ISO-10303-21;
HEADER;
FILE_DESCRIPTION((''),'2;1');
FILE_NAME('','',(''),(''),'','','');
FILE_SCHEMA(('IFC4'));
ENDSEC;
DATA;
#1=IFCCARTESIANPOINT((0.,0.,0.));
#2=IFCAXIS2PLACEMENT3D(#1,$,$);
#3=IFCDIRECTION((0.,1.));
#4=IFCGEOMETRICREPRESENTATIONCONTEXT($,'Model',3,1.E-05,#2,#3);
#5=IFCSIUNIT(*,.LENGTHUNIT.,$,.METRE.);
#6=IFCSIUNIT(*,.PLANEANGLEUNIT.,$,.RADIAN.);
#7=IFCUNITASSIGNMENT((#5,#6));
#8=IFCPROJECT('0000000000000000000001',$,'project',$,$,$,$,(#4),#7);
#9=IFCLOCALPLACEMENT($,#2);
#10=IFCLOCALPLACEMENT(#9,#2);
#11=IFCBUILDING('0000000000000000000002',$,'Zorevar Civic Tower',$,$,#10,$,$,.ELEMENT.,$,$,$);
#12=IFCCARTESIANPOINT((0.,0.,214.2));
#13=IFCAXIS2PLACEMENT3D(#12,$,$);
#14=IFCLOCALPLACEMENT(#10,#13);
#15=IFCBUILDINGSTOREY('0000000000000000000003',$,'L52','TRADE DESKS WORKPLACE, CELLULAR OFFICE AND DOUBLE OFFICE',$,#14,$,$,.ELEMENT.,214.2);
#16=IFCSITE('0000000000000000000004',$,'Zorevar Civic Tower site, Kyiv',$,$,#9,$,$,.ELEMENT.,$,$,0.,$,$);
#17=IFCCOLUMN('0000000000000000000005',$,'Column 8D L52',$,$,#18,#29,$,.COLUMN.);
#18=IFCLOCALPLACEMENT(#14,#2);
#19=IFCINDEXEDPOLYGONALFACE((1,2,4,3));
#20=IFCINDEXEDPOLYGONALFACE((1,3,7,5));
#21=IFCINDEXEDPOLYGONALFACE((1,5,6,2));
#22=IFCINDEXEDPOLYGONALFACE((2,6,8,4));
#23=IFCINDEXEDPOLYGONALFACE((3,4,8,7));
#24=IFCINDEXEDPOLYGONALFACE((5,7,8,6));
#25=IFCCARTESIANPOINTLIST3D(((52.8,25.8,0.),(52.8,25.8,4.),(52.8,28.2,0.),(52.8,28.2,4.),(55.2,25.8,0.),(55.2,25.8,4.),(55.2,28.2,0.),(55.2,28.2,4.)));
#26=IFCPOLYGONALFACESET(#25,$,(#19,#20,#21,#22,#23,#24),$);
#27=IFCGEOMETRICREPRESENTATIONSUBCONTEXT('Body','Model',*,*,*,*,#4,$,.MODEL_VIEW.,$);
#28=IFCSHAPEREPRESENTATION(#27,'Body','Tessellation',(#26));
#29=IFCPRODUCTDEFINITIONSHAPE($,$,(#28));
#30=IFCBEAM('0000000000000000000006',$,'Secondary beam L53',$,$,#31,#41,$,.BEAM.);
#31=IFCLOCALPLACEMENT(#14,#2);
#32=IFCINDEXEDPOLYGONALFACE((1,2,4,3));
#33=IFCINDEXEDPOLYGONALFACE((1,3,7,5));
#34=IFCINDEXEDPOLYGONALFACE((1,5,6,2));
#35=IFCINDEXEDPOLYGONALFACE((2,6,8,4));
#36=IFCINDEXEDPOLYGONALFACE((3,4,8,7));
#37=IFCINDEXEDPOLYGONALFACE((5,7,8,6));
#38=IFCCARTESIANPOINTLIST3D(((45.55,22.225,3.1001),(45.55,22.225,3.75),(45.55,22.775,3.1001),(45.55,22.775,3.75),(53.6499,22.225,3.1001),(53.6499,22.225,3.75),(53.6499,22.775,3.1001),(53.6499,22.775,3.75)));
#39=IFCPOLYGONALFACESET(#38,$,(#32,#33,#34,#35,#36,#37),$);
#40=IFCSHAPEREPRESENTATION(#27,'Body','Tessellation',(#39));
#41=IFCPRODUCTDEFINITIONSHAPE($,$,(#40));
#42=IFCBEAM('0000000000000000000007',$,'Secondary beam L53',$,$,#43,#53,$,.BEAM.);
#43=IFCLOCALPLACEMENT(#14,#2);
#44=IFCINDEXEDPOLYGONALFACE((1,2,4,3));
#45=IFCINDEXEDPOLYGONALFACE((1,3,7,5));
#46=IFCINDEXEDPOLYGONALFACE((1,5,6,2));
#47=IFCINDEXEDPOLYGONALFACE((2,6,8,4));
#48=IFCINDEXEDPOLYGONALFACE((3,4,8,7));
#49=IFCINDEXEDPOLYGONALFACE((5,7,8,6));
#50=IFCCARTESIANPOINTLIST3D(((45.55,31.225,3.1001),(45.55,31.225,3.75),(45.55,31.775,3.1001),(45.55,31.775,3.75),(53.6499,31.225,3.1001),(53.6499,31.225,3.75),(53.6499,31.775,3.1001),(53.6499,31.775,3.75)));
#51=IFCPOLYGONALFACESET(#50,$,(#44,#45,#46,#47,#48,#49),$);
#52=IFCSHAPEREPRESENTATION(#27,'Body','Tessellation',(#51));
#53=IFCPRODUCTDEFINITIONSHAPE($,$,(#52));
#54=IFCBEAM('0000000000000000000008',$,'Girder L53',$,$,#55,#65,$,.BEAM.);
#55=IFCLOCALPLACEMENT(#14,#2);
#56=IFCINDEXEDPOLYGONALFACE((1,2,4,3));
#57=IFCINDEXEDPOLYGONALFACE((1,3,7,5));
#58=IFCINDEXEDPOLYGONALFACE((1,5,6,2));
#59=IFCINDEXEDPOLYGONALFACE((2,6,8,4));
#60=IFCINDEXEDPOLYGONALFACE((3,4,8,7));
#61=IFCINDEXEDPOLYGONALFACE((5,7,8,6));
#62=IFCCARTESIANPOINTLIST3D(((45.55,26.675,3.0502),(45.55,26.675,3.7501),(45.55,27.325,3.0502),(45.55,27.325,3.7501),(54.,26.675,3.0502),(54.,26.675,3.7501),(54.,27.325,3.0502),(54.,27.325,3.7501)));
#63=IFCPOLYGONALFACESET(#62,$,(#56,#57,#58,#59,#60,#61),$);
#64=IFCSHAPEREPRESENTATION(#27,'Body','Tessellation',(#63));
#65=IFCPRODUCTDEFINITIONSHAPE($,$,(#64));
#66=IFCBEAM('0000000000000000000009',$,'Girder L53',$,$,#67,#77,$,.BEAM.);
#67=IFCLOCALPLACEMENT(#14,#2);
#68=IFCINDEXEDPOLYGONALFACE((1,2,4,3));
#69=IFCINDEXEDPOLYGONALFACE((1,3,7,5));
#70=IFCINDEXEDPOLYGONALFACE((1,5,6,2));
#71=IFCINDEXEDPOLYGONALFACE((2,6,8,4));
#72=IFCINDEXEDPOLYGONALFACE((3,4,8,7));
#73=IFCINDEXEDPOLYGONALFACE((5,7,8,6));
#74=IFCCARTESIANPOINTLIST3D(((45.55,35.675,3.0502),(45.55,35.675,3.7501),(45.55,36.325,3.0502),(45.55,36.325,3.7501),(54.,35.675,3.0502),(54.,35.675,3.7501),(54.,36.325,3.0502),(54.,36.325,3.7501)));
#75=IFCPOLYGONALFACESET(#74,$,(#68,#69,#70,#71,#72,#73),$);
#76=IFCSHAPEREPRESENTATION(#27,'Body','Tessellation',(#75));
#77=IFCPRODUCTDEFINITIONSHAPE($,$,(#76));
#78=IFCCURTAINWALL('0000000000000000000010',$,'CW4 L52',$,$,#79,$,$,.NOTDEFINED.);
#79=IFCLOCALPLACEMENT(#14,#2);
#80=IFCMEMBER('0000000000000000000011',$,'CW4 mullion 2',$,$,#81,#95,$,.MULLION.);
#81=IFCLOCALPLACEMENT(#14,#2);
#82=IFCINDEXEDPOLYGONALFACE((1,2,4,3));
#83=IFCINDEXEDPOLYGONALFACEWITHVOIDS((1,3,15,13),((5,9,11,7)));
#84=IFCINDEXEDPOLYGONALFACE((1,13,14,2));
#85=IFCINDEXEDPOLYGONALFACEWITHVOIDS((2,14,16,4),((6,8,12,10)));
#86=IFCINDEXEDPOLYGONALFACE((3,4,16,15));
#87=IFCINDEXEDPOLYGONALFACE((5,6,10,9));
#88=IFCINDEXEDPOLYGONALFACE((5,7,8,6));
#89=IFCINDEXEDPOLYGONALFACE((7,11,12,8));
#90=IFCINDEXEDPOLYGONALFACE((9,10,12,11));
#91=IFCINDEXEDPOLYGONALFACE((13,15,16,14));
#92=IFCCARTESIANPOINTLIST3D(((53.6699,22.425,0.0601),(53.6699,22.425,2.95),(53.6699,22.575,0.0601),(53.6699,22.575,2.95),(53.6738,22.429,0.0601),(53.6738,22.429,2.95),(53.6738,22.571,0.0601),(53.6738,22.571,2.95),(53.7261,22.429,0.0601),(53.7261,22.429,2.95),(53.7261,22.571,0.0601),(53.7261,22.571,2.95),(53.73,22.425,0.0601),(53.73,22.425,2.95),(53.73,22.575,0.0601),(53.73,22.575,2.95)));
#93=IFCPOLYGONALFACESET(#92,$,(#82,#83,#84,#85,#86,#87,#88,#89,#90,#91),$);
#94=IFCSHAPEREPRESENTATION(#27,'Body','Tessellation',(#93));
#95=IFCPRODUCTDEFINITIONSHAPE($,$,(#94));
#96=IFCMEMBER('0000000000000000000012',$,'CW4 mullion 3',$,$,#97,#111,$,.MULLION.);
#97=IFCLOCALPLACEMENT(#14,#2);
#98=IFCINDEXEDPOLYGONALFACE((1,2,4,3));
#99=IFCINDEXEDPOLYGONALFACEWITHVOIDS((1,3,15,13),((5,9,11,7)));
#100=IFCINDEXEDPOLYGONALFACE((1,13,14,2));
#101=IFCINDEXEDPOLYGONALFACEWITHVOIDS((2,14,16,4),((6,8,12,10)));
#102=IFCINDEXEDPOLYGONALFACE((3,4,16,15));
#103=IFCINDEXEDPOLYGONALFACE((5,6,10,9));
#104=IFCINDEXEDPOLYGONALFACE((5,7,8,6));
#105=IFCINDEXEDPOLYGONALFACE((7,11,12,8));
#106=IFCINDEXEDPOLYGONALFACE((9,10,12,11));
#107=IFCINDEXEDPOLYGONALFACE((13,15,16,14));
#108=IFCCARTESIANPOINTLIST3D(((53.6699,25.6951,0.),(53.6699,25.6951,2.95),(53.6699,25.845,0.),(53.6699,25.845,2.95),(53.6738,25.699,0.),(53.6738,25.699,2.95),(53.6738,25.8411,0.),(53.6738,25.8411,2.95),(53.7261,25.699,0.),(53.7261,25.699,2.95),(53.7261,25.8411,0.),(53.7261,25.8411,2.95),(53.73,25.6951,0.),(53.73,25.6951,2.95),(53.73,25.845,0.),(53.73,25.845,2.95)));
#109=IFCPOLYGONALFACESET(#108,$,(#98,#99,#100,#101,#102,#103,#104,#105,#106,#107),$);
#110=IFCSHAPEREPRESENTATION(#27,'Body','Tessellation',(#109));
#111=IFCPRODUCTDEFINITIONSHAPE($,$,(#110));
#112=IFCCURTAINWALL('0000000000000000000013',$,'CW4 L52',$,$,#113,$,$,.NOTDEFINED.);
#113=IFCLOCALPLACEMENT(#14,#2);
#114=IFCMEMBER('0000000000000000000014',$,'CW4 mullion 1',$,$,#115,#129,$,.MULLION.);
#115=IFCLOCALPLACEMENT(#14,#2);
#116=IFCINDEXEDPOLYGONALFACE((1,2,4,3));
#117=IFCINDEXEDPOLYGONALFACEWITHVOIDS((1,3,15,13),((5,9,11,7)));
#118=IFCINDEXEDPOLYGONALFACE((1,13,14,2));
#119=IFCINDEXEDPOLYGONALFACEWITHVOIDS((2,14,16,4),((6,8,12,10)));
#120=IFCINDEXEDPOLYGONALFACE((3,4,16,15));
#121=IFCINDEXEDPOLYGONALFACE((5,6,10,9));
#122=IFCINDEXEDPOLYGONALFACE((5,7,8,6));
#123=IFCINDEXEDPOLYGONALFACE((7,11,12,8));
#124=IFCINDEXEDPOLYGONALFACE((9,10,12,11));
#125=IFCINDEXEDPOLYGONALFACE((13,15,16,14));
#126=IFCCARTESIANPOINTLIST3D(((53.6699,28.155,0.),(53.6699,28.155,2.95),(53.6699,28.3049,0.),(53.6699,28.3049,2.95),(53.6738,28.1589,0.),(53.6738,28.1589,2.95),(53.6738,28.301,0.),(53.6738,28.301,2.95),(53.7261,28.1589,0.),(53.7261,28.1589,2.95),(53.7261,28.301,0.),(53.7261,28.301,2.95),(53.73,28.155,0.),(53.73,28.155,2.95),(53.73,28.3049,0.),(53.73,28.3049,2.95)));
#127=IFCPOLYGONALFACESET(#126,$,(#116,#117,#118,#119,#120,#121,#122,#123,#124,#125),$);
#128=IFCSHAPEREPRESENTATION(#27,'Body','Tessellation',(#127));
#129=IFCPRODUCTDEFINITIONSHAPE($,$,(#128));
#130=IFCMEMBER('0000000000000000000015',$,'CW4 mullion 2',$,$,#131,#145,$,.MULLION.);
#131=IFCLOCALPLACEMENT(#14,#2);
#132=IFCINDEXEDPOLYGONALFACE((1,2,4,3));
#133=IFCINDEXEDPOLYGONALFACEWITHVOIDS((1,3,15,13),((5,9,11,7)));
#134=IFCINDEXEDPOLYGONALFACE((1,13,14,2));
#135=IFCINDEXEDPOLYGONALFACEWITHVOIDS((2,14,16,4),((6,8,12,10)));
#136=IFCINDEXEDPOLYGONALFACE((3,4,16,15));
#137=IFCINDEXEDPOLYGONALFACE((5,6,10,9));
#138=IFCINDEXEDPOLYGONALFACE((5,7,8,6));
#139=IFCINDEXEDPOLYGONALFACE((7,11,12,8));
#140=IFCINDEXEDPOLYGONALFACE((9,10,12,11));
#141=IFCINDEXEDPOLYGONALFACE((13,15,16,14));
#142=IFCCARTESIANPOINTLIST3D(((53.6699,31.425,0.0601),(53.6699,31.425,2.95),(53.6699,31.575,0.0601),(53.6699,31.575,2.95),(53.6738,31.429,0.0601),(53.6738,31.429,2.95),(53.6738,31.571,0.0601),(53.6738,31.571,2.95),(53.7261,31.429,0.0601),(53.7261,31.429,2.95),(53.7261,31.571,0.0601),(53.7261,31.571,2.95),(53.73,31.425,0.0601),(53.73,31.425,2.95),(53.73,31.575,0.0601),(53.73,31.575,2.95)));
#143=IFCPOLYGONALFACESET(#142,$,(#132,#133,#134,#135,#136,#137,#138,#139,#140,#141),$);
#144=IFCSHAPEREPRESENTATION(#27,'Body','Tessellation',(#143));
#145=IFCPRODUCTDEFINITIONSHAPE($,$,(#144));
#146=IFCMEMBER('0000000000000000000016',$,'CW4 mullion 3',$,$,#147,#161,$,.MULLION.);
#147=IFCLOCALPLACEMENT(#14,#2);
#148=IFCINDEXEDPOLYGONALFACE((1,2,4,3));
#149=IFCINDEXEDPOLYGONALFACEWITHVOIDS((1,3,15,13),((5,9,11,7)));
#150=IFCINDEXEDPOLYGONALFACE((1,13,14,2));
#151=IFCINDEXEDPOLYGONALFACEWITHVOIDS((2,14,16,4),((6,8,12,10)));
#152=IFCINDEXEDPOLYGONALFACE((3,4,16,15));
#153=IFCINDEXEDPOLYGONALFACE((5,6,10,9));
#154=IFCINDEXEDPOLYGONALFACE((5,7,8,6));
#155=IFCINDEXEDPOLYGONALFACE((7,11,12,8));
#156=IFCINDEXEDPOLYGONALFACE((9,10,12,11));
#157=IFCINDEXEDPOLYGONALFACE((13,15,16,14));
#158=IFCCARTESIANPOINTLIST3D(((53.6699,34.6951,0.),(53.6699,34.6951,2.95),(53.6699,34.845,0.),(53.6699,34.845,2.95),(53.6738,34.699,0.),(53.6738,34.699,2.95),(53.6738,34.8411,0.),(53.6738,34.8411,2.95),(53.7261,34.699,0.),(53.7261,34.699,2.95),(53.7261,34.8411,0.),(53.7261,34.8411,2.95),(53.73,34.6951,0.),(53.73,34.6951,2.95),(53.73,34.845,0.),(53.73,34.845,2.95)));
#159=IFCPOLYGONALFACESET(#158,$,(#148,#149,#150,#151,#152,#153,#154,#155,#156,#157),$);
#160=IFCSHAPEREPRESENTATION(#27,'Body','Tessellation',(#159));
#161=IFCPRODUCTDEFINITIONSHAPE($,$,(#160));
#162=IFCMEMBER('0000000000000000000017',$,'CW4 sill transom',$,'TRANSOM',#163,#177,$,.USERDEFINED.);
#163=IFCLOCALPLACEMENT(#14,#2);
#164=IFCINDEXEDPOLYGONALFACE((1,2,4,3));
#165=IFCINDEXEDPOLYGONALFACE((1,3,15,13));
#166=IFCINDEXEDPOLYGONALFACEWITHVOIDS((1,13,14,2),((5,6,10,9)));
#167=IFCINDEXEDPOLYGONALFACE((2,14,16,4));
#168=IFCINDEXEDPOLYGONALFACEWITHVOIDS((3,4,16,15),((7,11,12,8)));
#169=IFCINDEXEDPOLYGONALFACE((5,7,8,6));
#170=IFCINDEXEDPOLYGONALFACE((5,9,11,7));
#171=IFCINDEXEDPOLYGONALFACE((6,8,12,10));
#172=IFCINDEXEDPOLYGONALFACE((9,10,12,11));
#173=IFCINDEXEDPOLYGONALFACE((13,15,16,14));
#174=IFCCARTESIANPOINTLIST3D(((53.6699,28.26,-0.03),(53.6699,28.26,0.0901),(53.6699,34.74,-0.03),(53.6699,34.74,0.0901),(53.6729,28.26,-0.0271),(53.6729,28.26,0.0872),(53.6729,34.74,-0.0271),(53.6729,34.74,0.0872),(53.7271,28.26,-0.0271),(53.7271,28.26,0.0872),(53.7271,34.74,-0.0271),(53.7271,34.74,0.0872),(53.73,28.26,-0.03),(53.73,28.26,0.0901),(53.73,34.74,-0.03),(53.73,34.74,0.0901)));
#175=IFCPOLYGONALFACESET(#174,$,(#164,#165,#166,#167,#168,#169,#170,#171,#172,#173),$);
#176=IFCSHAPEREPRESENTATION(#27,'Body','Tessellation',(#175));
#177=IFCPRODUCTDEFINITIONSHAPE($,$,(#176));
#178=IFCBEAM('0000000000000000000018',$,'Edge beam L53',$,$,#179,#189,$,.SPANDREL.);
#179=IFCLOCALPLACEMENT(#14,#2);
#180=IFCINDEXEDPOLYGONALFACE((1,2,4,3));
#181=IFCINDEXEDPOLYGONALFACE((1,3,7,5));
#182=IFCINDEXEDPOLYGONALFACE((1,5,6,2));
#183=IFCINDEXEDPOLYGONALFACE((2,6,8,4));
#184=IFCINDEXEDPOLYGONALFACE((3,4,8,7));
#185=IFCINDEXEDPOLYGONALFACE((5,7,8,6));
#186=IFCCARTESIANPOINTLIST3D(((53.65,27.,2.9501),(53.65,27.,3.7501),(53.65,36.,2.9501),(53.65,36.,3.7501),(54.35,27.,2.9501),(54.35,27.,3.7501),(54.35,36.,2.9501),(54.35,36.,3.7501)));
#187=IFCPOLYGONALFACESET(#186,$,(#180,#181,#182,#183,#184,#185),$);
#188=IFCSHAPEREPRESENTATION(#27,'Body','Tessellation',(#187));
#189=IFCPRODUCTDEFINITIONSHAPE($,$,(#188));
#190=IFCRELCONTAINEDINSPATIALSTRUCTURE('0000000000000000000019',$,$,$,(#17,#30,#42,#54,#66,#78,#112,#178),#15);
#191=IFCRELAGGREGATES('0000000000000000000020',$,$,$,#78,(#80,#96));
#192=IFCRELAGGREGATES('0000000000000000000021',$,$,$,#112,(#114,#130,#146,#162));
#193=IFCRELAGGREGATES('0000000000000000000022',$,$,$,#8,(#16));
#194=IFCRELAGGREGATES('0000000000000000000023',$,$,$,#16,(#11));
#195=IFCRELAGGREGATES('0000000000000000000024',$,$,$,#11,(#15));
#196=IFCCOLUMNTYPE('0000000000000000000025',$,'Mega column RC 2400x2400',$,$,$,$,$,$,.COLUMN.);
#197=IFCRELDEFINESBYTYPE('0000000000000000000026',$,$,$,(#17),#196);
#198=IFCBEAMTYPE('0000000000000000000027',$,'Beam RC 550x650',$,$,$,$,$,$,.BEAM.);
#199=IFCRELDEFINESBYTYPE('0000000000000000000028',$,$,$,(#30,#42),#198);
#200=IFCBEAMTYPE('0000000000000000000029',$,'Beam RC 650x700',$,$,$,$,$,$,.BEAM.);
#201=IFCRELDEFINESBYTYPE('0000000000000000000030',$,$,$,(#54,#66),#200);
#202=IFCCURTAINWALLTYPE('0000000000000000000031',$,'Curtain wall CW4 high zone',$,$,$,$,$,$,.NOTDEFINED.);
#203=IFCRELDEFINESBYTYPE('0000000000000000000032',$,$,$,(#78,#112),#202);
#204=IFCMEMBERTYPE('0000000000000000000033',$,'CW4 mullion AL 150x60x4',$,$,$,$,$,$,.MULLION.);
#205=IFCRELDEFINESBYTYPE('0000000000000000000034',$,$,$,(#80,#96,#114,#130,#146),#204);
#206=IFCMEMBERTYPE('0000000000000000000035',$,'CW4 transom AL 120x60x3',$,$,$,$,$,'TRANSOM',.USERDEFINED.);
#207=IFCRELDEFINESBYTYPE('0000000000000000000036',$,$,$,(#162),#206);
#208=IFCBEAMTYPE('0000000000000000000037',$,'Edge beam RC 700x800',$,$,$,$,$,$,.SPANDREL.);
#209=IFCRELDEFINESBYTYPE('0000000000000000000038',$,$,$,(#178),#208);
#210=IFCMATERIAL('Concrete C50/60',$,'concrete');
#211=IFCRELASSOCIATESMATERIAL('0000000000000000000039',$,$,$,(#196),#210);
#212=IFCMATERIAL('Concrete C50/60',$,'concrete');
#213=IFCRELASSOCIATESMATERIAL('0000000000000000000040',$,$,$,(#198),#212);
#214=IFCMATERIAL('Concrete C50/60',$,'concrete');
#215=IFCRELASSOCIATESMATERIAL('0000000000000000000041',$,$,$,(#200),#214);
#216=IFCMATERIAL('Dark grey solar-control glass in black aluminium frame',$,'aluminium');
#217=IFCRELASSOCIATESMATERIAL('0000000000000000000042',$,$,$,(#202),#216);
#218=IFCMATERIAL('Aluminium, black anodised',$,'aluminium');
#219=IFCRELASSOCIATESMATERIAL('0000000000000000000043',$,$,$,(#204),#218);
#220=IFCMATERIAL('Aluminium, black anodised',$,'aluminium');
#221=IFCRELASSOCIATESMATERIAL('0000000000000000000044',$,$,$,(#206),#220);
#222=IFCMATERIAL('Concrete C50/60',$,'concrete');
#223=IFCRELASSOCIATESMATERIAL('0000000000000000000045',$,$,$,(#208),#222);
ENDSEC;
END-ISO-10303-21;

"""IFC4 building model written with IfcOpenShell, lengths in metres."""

from ifc_helpers import new_model, si_unit, direction, frame, origin, origin_2d, place, context, subcontext, project, spatial, rectangle, hollow_rectangle, extrude, material, material_profile, profile_set, type_object, element, aggregate, save


model = new_model("IFC4")

# Units and contexts
model_context = context("Model", 3, precision=1e-05, world=origin(), true_north=direction((0.0, 1.0)))
body_context = subcontext(model_context, "Body", "Model", "MODEL_VIEW")
ifc_project = project(units=[si_unit("LENGTHUNIT", "METRE"), si_unit("PLANEANGLEUNIT", "RADIAN")], contexts=[model_context])

# Site, building, storey
site_placement = place(None, origin())
site = spatial("IfcSite", under=ifc_project, at=site_placement, Name="Zorevar Civic Tower site, Kyiv", CompositionType="ELEMENT", RefElevation=0.0)
building_placement = place(site_placement, origin())
building = spatial("IfcBuilding", under=site, at=building_placement, Name="Zorevar Civic Tower", CompositionType="ELEMENT")
storey_placement = place(building_placement, frame((0.0, 0.0, 214.2)))
storey = spatial("IfcBuildingStorey", under=building, at=storey_placement, Name="L52", Description="TRADE DESKS WORKPLACE, CELLULAR OFFICE AND DOUBLE OFFICE", CompositionType="ELEMENT", Elevation=214.2)

# Column
ifc_material_1 = material(Name="Concrete C50/60", Category="concrete")
ifc_material_profile_1 = material_profile(ifc_material_1, rectangle(XDim=2.3999, YDim=2.3999, at=origin_2d()), Name="RC 2400x2400")
ifc_profile_set_1 = profile_set([ifc_material_profile_1], Name="Concrete C50/60")
column_type = type_object("IfcColumnType", Name="Mega column RC 2400x2400", PredefinedType="COLUMN", material=ifc_profile_set_1)
column_placement = place(storey_placement, frame((54.0, 27.0, 0.0), z_axis=(0.0, 0.0, 1.0), x_axis=(1.0, 0.0, 0.0)))
element("IfcColumn", 1, at=column_placement, inside=storey, type_object=column_type, Name="Column 8D L52", PredefinedType="COLUMN", context=body_context, shape_type="SweptSolid", body=[
    extrude(rectangle(XDim=2.3999, YDim=2.3999, at=origin_2d()), origin(), (0.0, 0.0, 1.0), 4.0),
])

# Beams
ifc_material_2 = material(Name="Concrete C50/60", Category="concrete")
ifc_material_profile_2 = material_profile(ifc_material_2, rectangle(XDim=0.55, YDim=0.6499, at=origin_2d()), Name="RC 550x650")
ifc_profile_set_2 = profile_set([ifc_material_profile_2], Name="Concrete C50/60")
beam_type_1 = type_object("IfcBeamType", Name="Beam RC 550x650", PredefinedType="BEAM", material=ifc_profile_set_2)
for number, where, z_axis, x_axis, name in (
    (2, (45.55, 22.5, 3.425), (1.0, 0.0, 0.0), (0.0, 1.0, 0.0), "Secondary beam L53"),
    (3, (45.55, 31.5, 3.425), (1.0, 0.0, 0.0), (0.0, 1.0, 0.0), "Secondary beam L53"),
):
    element("IfcBeam", number, at=place(storey_placement, frame(where, z_axis=z_axis, x_axis=x_axis)), inside=storey, type_object=beam_type_1, Name=name, PredefinedType="BEAM", context=body_context, shape_type="SweptSolid", body=[
        extrude(rectangle(XDim=0.55, YDim=0.6499, at=origin_2d()), origin(), (0.0, 0.0, 1.0), 8.0999),
    ])
ifc_material_3 = material(Name="Concrete C50/60", Category="concrete")
ifc_material_profile_3 = material_profile(ifc_material_3, rectangle(XDim=0.6499, YDim=0.7, at=origin_2d()), Name="RC 650x700")
ifc_profile_set_3 = profile_set([ifc_material_profile_3], Name="Concrete C50/60")
beam_type_2 = type_object("IfcBeamType", Name="Beam RC 650x700", PredefinedType="BEAM", material=ifc_profile_set_3)
for number, where, z_axis, x_axis, name in (
    (4, (45.55, 27.0, 3.4001), (1.0, 0.0, 0.0), (0.0, 1.0, 0.0), "Girder L53"),
    (5, (45.55, 36.0, 3.4001), (1.0, 0.0, 0.0), (0.0, 1.0, 0.0), "Girder L53"),
):
    element("IfcBeam", number, at=place(storey_placement, frame(where, z_axis=z_axis, x_axis=x_axis)), inside=storey, type_object=beam_type_2, Name=name, PredefinedType="BEAM", context=body_context, shape_type="SweptSolid", body=[
        extrude(rectangle(XDim=0.6499, YDim=0.7, at=origin_2d()), origin(), (0.0, 0.0, 1.0), 8.45),
    ])

# Curtain walls, members
ifc_material_4 = material(Name="Dark grey solar-control glass in black aluminium frame", Category="aluminium")
curtain_wall_type = type_object("IfcCurtainWallType", Name="Curtain wall CW4 high zone", PredefinedType="NOTDEFINED", material=ifc_material_4)
curtain_wall_1_placement = place(storey_placement, origin())
curtain_wall_1 = element("IfcCurtainWall", 6, at=curtain_wall_1_placement, inside=storey, type_object=curtain_wall_type, Name="CW4 L52", PredefinedType="NOTDEFINED")
ifc_material_5 = material(Name="Aluminium, black anodised", Category="aluminium")
ifc_material_profile_4 = material_profile(ifc_material_5, hollow_rectangle(XDim=0.0601, YDim=0.1499, WallThickness=0.0039, at=origin_2d()), Name="AL 150x60x4")
ifc_profile_set_4 = profile_set([ifc_material_profile_4], Name="Aluminium, black anodised")
member_type_1 = type_object("IfcMemberType", Name="CW4 mullion AL 150x60x4", PredefinedType="MULLION", material=ifc_profile_set_4)
member_1_placement = place(storey_placement, frame((53.7, 22.5, 0.0601), z_axis=(0.0, 0.0, 1.0), x_axis=(-1.0, 0.0, 0.0)))
member_1 = element("IfcMember", 7, at=member_1_placement, type_object=member_type_1, Name="CW4 mullion 2", PredefinedType="MULLION", context=body_context, shape_type="SweptSolid", body=[
    extrude(hollow_rectangle(XDim=0.0601, YDim=0.1499, WallThickness=0.0039, at=origin_2d()), origin(), (0.0, 0.0, 1.0), 2.8899),
])
member_2_placement = place(storey_placement, frame((53.7, 25.77, 0.0), z_axis=(0.0, 0.0, 1.0), x_axis=(-1.0, 0.0, 0.0)))
member_2 = element("IfcMember", 8, at=member_2_placement, type_object=member_type_1, Name="CW4 mullion 3", PredefinedType="MULLION", context=body_context, shape_type="SweptSolid", body=[
    extrude(hollow_rectangle(XDim=0.0601, YDim=0.1499, WallThickness=0.0039, at=origin_2d()), origin(), (0.0, 0.0, 1.0), 2.95),
])
curtain_wall_2_placement = place(storey_placement, origin())
curtain_wall_2 = element("IfcCurtainWall", 9, at=curtain_wall_2_placement, inside=storey, type_object=curtain_wall_type, Name="CW4 L52", PredefinedType="NOTDEFINED")
member_3_placement = place(storey_placement, frame((53.7, 28.23, 0.0), z_axis=(0.0, 0.0, 1.0), x_axis=(-1.0, 0.0, 0.0)))
member_3 = element("IfcMember", 10, at=member_3_placement, type_object=member_type_1, Name="CW4 mullion 1", PredefinedType="MULLION", context=body_context, shape_type="SweptSolid", body=[
    extrude(hollow_rectangle(XDim=0.0601, YDim=0.1499, WallThickness=0.0039, at=origin_2d()), origin(), (0.0, 0.0, 1.0), 2.95),
])
member_4_placement = place(storey_placement, frame((53.7, 31.5, 0.0601), z_axis=(0.0, 0.0, 1.0), x_axis=(-1.0, 0.0, 0.0)))
member_4 = element("IfcMember", 11, at=member_4_placement, type_object=member_type_1, Name="CW4 mullion 2", PredefinedType="MULLION", context=body_context, shape_type="SweptSolid", body=[
    extrude(hollow_rectangle(XDim=0.0601, YDim=0.1499, WallThickness=0.0039, at=origin_2d()), origin(), (0.0, 0.0, 1.0), 2.8899),
])
member_5_placement = place(storey_placement, frame((53.7, 34.77, 0.0), z_axis=(0.0, 0.0, 1.0), x_axis=(-1.0, 0.0, 0.0)))
member_5 = element("IfcMember", 12, at=member_5_placement, type_object=member_type_1, Name="CW4 mullion 3", PredefinedType="MULLION", context=body_context, shape_type="SweptSolid", body=[
    extrude(hollow_rectangle(XDim=0.0601, YDim=0.1499, WallThickness=0.0039, at=origin_2d()), origin(), (0.0, 0.0, 1.0), 2.95),
])
ifc_material_6 = material(Name="Aluminium, black anodised", Category="aluminium")
ifc_material_profile_5 = material_profile(ifc_material_6, hollow_rectangle(XDim=0.0601, YDim=0.1201, WallThickness=0.0029, at=origin_2d()), Name="AL 120x60x3")
ifc_profile_set_5 = profile_set([ifc_material_profile_5], Name="Aluminium, black anodised")
member_type_2 = type_object("IfcMemberType", Name="CW4 transom AL 120x60x3", ElementType="TRANSOM", PredefinedType="USERDEFINED", material=ifc_profile_set_5)
member_6_placement = place(storey_placement, frame((53.7, 28.26, 0.03), z_axis=(0.0, 1.0, 0.0), x_axis=(-1.0, 0.0, 0.0)))
member_6 = element("IfcMember", 13, at=member_6_placement, type_object=member_type_2, Name="CW4 sill transom", ObjectType="TRANSOM", PredefinedType="USERDEFINED", context=body_context, shape_type="SweptSolid", body=[
    extrude(hollow_rectangle(XDim=0.0601, YDim=0.1201, WallThickness=0.0029, at=origin_2d()), origin(), (0.0, 0.0, 1.0), 6.48),
])

# Beam
ifc_material_7 = material(Name="Concrete C50/60", Category="concrete")
ifc_material_profile_6 = material_profile(ifc_material_7, rectangle(XDim=0.7, YDim=0.8, at=origin_2d()), Name="RC 700x800")
ifc_profile_set_6 = profile_set([ifc_material_profile_6], Name="Concrete C50/60")
beam_type_3 = type_object("IfcBeamType", Name="Edge beam RC 700x800", PredefinedType="SPANDREL", material=ifc_profile_set_6)
beam_placement = place(storey_placement, frame((54.0, 27.0, 3.3501), z_axis=(0.0, 1.0, 0.0), x_axis=(-1.0, 0.0, 0.0)))
element("IfcBeam", 14, at=beam_placement, inside=storey, type_object=beam_type_3, Name="Edge beam L53", PredefinedType="SPANDREL", context=body_context, shape_type="SweptSolid", body=[
    extrude(rectangle(XDim=0.7, YDim=0.8, at=origin_2d()), origin(), (0.0, 0.0, 1.0), 9.0),
])

aggregate(curtain_wall_1, [member_1, member_2])
aggregate(curtain_wall_2, [member_3, member_4, member_5, member_6])

save(model, "model.ifc")
